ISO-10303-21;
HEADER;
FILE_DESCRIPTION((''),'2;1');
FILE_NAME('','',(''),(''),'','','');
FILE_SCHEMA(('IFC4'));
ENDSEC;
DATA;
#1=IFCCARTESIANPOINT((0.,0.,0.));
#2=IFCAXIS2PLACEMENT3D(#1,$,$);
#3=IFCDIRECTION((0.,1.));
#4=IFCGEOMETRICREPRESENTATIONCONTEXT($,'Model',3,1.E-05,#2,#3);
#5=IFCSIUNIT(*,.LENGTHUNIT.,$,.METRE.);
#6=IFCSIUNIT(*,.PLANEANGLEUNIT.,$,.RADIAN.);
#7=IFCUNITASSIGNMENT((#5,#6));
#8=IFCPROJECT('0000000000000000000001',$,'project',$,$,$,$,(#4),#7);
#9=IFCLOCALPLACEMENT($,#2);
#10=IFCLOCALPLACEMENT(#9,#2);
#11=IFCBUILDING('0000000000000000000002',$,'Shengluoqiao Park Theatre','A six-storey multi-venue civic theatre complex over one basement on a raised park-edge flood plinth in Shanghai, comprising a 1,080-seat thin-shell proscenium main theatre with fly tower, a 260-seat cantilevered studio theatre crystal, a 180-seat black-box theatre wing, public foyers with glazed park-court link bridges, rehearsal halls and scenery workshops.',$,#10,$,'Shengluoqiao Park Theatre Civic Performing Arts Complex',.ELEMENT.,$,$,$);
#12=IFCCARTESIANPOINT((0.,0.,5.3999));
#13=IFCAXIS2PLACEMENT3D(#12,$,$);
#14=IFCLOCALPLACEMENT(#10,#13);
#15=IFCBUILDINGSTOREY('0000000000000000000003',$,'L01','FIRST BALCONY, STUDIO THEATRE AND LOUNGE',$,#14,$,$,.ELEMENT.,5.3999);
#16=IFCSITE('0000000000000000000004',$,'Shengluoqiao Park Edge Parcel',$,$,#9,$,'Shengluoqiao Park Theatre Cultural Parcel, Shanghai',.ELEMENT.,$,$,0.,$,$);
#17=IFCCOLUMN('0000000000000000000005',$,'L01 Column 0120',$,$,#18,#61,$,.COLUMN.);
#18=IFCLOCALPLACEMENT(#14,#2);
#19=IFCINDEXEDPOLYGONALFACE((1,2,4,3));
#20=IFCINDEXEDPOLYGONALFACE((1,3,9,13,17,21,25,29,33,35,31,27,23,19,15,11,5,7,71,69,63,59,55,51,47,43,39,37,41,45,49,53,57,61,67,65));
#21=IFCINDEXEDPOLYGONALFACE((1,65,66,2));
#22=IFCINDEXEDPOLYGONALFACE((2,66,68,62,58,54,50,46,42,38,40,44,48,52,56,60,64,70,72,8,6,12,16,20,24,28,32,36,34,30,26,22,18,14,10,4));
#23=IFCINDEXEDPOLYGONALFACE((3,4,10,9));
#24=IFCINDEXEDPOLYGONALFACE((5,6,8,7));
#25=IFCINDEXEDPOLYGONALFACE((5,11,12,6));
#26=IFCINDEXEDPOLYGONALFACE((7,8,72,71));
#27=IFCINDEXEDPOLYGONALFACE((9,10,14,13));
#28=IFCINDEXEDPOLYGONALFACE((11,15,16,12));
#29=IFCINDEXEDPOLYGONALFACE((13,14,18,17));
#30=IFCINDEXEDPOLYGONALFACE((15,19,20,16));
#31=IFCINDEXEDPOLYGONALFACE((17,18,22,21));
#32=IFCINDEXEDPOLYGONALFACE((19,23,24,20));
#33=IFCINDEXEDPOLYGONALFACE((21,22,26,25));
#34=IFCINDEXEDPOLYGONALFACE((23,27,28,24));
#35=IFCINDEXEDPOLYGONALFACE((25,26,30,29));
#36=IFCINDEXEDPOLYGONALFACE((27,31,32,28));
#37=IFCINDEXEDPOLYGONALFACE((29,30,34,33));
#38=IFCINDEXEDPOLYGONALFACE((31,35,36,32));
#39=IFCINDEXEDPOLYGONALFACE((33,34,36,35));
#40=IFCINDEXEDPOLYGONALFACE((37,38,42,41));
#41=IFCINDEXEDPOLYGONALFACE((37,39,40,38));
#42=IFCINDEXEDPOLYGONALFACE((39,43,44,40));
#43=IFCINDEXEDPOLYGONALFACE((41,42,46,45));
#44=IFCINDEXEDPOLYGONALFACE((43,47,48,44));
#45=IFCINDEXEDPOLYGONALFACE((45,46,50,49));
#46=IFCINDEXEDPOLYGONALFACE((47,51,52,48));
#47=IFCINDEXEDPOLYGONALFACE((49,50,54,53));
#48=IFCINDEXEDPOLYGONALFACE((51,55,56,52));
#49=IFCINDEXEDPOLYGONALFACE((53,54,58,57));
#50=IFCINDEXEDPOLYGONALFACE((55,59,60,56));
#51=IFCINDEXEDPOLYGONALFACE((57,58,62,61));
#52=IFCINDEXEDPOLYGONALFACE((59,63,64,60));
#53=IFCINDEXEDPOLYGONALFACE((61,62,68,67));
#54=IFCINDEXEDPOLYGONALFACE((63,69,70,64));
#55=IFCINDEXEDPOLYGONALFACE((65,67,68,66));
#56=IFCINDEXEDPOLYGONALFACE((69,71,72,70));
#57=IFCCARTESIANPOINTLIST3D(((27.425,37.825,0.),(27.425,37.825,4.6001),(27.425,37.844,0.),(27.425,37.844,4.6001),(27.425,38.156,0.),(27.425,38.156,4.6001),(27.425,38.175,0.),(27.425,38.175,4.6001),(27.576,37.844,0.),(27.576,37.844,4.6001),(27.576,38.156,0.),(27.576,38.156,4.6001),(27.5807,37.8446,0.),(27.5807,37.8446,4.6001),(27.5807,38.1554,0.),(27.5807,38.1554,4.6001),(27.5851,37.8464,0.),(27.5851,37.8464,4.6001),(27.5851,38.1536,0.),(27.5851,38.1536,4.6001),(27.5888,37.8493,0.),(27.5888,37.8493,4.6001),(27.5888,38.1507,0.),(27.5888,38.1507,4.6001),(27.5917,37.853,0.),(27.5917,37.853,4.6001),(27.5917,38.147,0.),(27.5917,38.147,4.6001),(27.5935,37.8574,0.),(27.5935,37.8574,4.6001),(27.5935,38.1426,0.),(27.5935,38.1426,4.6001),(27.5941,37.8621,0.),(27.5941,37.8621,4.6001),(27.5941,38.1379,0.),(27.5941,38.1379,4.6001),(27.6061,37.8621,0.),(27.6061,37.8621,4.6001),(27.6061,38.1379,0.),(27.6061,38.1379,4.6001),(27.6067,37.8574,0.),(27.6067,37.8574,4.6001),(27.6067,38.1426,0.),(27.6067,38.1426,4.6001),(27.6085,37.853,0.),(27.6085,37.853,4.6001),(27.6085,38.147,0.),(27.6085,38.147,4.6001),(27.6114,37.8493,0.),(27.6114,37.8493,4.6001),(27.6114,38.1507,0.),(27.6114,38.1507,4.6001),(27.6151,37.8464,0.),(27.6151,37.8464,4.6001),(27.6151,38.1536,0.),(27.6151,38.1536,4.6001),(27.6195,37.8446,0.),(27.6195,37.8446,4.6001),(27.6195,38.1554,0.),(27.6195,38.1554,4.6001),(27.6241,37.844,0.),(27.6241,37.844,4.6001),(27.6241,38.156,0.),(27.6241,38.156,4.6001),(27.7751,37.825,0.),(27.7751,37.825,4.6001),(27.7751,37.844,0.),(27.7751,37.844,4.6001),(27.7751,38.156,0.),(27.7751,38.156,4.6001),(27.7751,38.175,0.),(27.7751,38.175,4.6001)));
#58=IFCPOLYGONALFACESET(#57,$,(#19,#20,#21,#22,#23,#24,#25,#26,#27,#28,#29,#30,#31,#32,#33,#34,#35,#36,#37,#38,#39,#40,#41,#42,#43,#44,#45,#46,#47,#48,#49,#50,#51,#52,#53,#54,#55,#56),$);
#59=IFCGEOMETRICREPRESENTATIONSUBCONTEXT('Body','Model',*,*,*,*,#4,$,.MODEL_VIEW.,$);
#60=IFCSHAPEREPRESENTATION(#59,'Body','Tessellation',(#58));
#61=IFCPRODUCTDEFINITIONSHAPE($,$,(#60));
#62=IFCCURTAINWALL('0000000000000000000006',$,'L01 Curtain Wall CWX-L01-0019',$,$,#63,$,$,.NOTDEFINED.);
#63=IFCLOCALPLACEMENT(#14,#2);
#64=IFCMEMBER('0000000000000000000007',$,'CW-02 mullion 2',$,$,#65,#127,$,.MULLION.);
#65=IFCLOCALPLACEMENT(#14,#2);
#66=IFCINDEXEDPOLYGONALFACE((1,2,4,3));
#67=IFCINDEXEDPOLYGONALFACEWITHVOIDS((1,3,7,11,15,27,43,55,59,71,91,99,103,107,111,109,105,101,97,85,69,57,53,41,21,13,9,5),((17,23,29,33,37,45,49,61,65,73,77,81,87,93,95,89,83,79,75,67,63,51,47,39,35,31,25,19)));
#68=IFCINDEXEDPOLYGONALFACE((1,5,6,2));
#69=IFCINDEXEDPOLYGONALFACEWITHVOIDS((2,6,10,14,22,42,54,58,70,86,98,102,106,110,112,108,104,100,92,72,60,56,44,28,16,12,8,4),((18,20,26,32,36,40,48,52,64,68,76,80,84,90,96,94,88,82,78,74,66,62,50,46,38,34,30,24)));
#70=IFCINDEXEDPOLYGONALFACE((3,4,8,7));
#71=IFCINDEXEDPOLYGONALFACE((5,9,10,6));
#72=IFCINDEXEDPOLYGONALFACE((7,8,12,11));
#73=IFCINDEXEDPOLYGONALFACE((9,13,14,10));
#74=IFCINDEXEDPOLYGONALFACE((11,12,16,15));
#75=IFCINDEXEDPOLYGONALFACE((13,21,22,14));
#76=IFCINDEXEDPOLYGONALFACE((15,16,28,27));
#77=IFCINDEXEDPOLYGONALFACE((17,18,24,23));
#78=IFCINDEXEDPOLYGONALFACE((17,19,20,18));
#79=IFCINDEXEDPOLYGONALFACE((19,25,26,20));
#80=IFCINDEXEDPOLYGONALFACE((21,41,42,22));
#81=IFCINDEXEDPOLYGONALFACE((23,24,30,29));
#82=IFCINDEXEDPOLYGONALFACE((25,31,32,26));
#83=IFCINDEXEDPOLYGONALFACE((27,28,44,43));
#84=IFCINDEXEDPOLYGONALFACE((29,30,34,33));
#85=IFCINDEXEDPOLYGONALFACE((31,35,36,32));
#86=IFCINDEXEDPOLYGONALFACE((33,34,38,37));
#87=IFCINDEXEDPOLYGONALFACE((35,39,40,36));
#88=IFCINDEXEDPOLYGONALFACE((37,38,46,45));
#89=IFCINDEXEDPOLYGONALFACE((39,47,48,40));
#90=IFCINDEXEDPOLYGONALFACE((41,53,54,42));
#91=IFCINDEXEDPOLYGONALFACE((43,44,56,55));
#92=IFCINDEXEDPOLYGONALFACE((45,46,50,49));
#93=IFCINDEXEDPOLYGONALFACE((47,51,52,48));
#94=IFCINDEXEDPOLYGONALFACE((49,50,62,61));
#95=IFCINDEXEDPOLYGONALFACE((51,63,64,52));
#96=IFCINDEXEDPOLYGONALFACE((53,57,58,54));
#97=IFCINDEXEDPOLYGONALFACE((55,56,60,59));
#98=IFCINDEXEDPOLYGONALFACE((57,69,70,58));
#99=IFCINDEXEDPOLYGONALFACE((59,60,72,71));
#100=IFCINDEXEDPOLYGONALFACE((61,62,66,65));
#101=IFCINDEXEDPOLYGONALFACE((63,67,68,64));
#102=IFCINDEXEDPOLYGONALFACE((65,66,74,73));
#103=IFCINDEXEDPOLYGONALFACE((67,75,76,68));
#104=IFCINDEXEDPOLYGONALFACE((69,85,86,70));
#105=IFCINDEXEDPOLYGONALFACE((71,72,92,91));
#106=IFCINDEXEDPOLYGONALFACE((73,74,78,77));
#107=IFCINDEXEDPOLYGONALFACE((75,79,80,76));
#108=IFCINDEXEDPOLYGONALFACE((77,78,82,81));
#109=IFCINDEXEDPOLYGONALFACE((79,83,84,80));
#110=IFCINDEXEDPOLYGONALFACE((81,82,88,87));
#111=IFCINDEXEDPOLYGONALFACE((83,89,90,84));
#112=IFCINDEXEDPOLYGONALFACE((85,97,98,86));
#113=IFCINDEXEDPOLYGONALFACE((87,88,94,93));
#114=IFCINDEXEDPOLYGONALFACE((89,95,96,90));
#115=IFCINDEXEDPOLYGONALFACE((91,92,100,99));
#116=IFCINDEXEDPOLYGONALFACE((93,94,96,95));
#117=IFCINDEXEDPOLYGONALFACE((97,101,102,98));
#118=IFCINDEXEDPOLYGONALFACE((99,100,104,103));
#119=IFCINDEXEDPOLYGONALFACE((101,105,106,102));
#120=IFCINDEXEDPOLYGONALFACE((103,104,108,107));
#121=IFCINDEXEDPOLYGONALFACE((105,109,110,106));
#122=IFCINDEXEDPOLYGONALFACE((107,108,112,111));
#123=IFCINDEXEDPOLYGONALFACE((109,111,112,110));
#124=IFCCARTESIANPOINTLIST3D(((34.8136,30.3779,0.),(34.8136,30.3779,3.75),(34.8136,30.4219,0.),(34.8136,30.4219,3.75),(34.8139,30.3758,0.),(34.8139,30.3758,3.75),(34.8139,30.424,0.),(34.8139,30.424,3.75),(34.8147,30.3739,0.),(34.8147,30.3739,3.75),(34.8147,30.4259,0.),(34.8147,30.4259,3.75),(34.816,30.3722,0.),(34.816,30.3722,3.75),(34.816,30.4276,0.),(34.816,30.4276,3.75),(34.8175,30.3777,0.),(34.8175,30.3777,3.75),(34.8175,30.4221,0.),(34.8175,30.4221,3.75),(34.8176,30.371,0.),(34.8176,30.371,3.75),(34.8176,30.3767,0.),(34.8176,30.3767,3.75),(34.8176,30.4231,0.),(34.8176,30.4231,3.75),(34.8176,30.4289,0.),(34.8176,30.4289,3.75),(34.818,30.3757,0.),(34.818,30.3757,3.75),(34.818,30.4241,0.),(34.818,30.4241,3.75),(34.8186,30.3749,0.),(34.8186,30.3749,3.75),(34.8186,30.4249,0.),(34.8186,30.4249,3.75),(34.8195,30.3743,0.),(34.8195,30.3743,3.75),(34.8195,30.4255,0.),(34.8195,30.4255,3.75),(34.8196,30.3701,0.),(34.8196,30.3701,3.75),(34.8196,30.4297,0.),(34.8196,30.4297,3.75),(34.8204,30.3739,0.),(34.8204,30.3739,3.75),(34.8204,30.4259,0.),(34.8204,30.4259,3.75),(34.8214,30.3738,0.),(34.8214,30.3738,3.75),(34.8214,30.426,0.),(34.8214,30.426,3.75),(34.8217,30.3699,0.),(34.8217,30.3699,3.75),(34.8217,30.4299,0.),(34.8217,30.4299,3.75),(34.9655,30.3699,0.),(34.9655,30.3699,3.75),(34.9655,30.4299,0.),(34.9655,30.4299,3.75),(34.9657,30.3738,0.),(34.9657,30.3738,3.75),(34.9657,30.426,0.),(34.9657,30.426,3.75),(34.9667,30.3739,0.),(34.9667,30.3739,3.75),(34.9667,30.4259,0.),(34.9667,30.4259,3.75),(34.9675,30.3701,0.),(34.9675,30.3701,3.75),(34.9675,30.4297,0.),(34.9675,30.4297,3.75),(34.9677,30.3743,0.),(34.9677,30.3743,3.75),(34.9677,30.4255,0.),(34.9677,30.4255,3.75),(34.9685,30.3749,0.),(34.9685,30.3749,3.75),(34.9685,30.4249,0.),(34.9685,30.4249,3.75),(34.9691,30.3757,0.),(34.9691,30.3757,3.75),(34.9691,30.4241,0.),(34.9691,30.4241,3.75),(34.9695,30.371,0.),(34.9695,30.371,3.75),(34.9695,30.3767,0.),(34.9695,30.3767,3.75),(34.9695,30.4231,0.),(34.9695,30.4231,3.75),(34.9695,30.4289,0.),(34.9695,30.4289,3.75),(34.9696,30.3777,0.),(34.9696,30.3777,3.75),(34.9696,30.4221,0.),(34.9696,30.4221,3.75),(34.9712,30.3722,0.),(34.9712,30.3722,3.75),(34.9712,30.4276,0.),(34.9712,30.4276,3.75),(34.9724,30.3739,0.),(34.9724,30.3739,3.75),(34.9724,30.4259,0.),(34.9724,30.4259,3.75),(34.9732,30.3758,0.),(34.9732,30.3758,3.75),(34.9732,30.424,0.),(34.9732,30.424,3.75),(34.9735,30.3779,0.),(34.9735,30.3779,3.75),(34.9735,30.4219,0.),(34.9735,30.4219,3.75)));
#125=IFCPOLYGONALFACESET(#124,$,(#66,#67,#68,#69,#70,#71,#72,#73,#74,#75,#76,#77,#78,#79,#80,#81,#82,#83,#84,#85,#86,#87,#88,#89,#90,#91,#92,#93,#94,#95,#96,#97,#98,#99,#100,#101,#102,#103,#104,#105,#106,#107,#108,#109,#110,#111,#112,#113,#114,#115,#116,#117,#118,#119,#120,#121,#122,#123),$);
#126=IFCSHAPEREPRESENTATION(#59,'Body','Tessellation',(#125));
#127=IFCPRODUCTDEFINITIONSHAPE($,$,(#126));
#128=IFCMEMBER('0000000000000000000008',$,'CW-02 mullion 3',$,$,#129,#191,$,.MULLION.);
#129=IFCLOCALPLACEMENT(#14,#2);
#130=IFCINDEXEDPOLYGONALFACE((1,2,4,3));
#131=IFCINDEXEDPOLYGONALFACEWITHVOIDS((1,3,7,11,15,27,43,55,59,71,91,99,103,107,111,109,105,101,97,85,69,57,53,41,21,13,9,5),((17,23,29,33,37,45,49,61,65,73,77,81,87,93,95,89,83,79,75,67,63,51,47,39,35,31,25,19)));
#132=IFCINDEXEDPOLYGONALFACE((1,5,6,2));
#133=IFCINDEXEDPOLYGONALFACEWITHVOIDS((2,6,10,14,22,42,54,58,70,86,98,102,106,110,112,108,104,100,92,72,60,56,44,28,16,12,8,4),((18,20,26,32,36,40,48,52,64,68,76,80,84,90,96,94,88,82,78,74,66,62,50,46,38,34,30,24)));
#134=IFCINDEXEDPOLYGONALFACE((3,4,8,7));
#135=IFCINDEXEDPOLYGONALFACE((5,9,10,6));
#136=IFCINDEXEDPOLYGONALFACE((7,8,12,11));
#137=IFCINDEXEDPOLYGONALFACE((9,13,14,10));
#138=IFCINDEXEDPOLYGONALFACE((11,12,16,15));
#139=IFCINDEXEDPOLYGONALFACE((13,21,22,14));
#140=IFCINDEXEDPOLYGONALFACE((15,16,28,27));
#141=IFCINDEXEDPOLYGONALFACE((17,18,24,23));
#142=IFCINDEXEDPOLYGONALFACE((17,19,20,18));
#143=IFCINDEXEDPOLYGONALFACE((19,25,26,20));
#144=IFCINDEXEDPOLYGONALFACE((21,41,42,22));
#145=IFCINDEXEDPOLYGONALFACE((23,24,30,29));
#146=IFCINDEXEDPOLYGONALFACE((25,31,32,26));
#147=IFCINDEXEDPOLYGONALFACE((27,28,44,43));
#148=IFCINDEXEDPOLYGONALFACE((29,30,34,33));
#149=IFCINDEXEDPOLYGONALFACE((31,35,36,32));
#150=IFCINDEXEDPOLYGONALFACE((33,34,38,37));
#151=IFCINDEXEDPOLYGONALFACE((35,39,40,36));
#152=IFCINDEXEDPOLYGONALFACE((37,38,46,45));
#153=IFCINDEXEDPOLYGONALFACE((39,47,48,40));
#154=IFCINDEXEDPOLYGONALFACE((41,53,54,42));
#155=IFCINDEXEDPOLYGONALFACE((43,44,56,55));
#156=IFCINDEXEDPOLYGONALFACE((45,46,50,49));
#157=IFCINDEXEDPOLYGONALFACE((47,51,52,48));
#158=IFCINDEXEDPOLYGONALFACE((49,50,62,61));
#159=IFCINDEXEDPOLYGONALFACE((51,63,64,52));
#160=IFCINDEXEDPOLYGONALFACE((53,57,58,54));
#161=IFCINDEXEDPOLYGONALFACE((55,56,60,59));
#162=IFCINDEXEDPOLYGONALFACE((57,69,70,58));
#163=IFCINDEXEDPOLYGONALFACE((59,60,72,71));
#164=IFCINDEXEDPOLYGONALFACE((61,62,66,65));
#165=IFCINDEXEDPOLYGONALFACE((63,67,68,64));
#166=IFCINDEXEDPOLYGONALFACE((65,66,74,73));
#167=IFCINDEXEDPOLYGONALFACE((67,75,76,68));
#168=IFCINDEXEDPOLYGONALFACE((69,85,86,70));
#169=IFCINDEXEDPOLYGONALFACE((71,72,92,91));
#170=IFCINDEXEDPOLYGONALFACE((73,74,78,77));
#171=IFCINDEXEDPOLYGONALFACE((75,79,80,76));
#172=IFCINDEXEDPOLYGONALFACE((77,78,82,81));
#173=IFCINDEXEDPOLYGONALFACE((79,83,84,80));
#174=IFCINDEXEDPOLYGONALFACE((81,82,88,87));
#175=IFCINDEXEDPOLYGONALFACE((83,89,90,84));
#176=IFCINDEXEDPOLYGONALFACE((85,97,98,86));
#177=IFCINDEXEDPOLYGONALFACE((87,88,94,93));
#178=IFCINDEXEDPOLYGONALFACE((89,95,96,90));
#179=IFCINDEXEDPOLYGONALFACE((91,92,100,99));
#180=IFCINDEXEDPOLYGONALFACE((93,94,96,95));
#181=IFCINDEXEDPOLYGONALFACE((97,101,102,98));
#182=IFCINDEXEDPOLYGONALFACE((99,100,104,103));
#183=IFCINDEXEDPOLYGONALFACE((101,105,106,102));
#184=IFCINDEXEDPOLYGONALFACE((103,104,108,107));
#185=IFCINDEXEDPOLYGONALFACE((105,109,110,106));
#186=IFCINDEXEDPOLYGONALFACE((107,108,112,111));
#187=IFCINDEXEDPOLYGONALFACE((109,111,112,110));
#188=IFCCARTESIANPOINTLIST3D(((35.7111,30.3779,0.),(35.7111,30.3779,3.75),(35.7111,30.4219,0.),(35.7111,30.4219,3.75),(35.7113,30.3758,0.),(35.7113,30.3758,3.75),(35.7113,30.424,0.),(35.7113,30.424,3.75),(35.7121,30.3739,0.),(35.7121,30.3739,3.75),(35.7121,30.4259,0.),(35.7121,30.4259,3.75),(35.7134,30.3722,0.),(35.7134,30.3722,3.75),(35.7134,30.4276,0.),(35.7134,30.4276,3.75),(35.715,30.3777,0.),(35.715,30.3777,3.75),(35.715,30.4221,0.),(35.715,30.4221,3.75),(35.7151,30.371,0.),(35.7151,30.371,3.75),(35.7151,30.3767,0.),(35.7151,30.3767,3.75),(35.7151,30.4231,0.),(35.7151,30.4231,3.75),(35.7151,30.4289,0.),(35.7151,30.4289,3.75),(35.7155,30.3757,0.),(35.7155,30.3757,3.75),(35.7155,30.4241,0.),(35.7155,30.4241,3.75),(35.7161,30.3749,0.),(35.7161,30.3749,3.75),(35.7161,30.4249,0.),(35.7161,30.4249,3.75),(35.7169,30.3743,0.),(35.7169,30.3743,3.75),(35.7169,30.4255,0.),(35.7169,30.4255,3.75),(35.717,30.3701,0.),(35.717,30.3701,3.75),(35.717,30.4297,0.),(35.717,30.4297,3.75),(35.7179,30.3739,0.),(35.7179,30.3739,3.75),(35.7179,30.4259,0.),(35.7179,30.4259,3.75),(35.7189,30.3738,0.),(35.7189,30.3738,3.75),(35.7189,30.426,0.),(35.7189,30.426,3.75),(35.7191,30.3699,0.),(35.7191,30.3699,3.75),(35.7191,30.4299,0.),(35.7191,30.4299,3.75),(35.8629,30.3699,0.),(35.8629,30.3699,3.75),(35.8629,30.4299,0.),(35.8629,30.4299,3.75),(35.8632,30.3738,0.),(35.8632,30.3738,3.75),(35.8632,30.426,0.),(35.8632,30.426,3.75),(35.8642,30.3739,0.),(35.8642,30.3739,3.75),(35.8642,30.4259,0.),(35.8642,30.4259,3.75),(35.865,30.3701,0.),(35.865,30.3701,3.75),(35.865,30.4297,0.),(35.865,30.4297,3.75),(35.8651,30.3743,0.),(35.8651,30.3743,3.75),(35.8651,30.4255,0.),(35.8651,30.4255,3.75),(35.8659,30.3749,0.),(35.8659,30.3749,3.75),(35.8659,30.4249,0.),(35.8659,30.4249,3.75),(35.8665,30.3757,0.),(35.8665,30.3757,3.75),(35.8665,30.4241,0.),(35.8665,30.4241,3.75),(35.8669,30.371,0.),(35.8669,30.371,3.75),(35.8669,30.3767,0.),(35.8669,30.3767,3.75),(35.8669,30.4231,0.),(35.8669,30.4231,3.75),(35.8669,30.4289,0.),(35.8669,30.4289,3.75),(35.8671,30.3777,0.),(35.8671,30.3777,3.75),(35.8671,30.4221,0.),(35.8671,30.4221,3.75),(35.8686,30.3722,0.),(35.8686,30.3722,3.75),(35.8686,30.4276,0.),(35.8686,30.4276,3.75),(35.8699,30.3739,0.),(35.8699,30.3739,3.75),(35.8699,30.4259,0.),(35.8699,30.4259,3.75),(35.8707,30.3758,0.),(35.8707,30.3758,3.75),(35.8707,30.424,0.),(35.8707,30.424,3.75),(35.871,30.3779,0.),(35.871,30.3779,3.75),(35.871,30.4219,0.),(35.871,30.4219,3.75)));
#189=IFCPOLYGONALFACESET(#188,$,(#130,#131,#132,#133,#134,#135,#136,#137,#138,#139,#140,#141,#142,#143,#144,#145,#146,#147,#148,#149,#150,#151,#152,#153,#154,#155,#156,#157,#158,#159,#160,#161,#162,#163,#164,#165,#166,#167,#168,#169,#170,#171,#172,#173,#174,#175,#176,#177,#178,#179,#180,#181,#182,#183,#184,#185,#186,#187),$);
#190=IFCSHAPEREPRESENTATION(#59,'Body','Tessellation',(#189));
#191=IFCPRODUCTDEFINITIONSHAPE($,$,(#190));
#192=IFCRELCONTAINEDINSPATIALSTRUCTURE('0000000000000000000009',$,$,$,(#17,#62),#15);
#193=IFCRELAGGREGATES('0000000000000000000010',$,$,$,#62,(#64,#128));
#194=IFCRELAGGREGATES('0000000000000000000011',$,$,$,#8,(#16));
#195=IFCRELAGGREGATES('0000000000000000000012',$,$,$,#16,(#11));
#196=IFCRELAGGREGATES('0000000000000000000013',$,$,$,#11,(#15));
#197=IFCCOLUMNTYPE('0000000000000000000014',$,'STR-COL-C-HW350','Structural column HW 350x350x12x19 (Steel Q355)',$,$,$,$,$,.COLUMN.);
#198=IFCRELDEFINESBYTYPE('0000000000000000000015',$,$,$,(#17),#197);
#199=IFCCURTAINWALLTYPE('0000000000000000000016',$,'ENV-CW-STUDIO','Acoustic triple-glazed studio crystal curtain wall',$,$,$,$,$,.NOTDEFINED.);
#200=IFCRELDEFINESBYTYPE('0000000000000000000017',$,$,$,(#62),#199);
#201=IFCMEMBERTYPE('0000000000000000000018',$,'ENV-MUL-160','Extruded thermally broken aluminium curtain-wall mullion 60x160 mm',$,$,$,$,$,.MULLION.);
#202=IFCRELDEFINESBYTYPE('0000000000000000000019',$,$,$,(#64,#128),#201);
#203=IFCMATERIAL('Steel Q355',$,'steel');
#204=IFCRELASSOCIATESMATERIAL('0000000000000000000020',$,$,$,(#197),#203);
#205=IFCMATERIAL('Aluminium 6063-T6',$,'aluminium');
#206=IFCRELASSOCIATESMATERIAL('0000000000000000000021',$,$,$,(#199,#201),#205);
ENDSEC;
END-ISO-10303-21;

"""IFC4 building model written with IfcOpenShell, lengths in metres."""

from ifc_helpers import new_model, si_unit, direction, frame, origin, origin_2d, place, context, subcontext, project, spatial, hollow_rectangle, i_section, extrude, material, material_profile, profile_set, type_object, element, aggregate, save


model = new_model("IFC4")

# Units and contexts
model_context = context("Model", 3, precision=1e-05, world=origin(), true_north=direction((0.0, 1.0)))
body_context = subcontext(model_context, "Body", "Model", "MODEL_VIEW")
ifc_project = project(units=[si_unit("LENGTHUNIT", "METRE"), si_unit("PLANEANGLEUNIT", "RADIAN")], contexts=[model_context])

# Site, building, storey
site_placement = place(None, origin())
site = spatial("IfcSite", under=ifc_project, at=site_placement, Name="Shengluoqiao Park Edge Parcel", LongName="Shengluoqiao Park Theatre Cultural Parcel, Shanghai", CompositionType="ELEMENT", RefElevation=0.0)
building_placement = place(site_placement, origin())
building = spatial("IfcBuilding", under=site, at=building_placement, Name="Shengluoqiao Park Theatre", Description="A six-storey multi-venue civic theatre complex over one basement on a raised park-edge flood plinth in Shanghai, comprising a 1,080-seat thin-shell proscenium main theatre with fly tower, a 260-seat cantilevered studio theatre crystal, a 180-seat black-box theatre wing, public foyers with glazed park-court link bridges, rehearsal halls and scenery workshops.", LongName="Shengluoqiao Park Theatre Civic Performing Arts Complex", CompositionType="ELEMENT")
storey_placement = place(building_placement, frame((0.0, 0.0, 5.3999)))
storey = spatial("IfcBuildingStorey", under=building, at=storey_placement, Name="L01", Description="FIRST BALCONY, STUDIO THEATRE AND LOUNGE", CompositionType="ELEMENT", Elevation=5.3999)

# Column
ifc_material_1 = material(Name="Steel Q355", Category="steel")
ifc_material_profile_1 = material_profile(ifc_material_1, i_section(OverallWidth=0.3501, OverallDepth=0.3501, WebThickness=0.012, FlangeThickness=0.019, FilletRadius=0.0181, at=origin_2d()), Name="HW 350x350x12x19")
ifc_profile_set_1 = profile_set([ifc_material_profile_1], Name="Steel Q355")
column_type = type_object("IfcColumnType", Name="STR-COL-C-HW350", Description="Structural column HW 350x350x12x19 (Steel Q355)", PredefinedType="COLUMN", material=ifc_profile_set_1)
column_placement = place(storey_placement, frame((27.6001, 38.0, 0.0), z_axis=(0.0, 0.0, 1.0), x_axis=(1.0, 0.0, 0.0)))
element("IfcColumn", 1, at=column_placement, inside=storey, type_object=column_type, Name="L01 Column 0120", PredefinedType="COLUMN", context=body_context, shape_type="SweptSolid", body=[
    extrude(i_section(OverallWidth=0.3501, OverallDepth=0.3501, WebThickness=0.012, FlangeThickness=0.019, FilletRadius=0.0181, at=origin_2d()), origin(), (0.0, 0.0, 1.0), 4.6001),
])

# Curtain wall, members
ifc_material_2 = material(Name="Aluminium 6063-T6", Category="aluminium")
curtain_wall_type = type_object("IfcCurtainWallType", Name="ENV-CW-STUDIO", Description="Acoustic triple-glazed studio crystal curtain wall", PredefinedType="NOTDEFINED", material=ifc_material_2)
curtain_wall_placement = place(storey_placement, origin())
curtain_wall = element("IfcCurtainWall", 2, at=curtain_wall_placement, inside=storey, type_object=curtain_wall_type, Name="L01 Curtain Wall CWX-L01-0019", PredefinedType="NOTDEFINED")
ifc_material_profile_2 = material_profile(ifc_material_2, hollow_rectangle(XDim=0.0601, YDim=0.1599, WallThickness=0.0039, InnerFilletRadius=0.0039, OuterFilletRadius=0.0081, at=origin_2d()), Name="ALU MULLION 160x60x4")
ifc_profile_set_2 = profile_set([ifc_material_profile_2], Name="Aluminium 6063-T6")
member_type_1 = type_object("IfcMemberType", Name="ENV-MUL-160", Description="Extruded thermally broken aluminium curtain-wall mullion 60x160 mm", PredefinedType="MULLION", material=ifc_profile_set_2)
member_1_placement = place(storey_placement, frame((34.8936, 30.3999, 0.0), z_axis=(0.0, 0.0, 1.0), x_axis=(0.0, 1.0, 0.0)))
member_1 = element("IfcMember", 3, at=member_1_placement, type_object=member_type_1, Name="CW-02 mullion 2", PredefinedType="MULLION", context=body_context, shape_type="SweptSolid", body=[
    extrude(hollow_rectangle(XDim=0.0601, YDim=0.1599, WallThickness=0.0039, InnerFilletRadius=0.0039, OuterFilletRadius=0.0081, at=origin_2d()), origin(), (0.0, 0.0, 1.0), 3.75),
])
member_2_placement = place(storey_placement, frame((35.791, 30.3999, 0.0), z_axis=(0.0, 0.0, 1.0), x_axis=(0.0, 1.0, 0.0)))
member_2 = element("IfcMember", 4, at=member_2_placement, type_object=member_type_1, Name="CW-02 mullion 3", PredefinedType="MULLION", context=body_context, shape_type="SweptSolid", body=[
    extrude(hollow_rectangle(XDim=0.0601, YDim=0.1599, WallThickness=0.0039, InnerFilletRadius=0.0039, OuterFilletRadius=0.0081, at=origin_2d()), origin(), (0.0, 0.0, 1.0), 3.75),
])

aggregate(curtain_wall, [member_1, member_2])

save(model, "model.ifc")
